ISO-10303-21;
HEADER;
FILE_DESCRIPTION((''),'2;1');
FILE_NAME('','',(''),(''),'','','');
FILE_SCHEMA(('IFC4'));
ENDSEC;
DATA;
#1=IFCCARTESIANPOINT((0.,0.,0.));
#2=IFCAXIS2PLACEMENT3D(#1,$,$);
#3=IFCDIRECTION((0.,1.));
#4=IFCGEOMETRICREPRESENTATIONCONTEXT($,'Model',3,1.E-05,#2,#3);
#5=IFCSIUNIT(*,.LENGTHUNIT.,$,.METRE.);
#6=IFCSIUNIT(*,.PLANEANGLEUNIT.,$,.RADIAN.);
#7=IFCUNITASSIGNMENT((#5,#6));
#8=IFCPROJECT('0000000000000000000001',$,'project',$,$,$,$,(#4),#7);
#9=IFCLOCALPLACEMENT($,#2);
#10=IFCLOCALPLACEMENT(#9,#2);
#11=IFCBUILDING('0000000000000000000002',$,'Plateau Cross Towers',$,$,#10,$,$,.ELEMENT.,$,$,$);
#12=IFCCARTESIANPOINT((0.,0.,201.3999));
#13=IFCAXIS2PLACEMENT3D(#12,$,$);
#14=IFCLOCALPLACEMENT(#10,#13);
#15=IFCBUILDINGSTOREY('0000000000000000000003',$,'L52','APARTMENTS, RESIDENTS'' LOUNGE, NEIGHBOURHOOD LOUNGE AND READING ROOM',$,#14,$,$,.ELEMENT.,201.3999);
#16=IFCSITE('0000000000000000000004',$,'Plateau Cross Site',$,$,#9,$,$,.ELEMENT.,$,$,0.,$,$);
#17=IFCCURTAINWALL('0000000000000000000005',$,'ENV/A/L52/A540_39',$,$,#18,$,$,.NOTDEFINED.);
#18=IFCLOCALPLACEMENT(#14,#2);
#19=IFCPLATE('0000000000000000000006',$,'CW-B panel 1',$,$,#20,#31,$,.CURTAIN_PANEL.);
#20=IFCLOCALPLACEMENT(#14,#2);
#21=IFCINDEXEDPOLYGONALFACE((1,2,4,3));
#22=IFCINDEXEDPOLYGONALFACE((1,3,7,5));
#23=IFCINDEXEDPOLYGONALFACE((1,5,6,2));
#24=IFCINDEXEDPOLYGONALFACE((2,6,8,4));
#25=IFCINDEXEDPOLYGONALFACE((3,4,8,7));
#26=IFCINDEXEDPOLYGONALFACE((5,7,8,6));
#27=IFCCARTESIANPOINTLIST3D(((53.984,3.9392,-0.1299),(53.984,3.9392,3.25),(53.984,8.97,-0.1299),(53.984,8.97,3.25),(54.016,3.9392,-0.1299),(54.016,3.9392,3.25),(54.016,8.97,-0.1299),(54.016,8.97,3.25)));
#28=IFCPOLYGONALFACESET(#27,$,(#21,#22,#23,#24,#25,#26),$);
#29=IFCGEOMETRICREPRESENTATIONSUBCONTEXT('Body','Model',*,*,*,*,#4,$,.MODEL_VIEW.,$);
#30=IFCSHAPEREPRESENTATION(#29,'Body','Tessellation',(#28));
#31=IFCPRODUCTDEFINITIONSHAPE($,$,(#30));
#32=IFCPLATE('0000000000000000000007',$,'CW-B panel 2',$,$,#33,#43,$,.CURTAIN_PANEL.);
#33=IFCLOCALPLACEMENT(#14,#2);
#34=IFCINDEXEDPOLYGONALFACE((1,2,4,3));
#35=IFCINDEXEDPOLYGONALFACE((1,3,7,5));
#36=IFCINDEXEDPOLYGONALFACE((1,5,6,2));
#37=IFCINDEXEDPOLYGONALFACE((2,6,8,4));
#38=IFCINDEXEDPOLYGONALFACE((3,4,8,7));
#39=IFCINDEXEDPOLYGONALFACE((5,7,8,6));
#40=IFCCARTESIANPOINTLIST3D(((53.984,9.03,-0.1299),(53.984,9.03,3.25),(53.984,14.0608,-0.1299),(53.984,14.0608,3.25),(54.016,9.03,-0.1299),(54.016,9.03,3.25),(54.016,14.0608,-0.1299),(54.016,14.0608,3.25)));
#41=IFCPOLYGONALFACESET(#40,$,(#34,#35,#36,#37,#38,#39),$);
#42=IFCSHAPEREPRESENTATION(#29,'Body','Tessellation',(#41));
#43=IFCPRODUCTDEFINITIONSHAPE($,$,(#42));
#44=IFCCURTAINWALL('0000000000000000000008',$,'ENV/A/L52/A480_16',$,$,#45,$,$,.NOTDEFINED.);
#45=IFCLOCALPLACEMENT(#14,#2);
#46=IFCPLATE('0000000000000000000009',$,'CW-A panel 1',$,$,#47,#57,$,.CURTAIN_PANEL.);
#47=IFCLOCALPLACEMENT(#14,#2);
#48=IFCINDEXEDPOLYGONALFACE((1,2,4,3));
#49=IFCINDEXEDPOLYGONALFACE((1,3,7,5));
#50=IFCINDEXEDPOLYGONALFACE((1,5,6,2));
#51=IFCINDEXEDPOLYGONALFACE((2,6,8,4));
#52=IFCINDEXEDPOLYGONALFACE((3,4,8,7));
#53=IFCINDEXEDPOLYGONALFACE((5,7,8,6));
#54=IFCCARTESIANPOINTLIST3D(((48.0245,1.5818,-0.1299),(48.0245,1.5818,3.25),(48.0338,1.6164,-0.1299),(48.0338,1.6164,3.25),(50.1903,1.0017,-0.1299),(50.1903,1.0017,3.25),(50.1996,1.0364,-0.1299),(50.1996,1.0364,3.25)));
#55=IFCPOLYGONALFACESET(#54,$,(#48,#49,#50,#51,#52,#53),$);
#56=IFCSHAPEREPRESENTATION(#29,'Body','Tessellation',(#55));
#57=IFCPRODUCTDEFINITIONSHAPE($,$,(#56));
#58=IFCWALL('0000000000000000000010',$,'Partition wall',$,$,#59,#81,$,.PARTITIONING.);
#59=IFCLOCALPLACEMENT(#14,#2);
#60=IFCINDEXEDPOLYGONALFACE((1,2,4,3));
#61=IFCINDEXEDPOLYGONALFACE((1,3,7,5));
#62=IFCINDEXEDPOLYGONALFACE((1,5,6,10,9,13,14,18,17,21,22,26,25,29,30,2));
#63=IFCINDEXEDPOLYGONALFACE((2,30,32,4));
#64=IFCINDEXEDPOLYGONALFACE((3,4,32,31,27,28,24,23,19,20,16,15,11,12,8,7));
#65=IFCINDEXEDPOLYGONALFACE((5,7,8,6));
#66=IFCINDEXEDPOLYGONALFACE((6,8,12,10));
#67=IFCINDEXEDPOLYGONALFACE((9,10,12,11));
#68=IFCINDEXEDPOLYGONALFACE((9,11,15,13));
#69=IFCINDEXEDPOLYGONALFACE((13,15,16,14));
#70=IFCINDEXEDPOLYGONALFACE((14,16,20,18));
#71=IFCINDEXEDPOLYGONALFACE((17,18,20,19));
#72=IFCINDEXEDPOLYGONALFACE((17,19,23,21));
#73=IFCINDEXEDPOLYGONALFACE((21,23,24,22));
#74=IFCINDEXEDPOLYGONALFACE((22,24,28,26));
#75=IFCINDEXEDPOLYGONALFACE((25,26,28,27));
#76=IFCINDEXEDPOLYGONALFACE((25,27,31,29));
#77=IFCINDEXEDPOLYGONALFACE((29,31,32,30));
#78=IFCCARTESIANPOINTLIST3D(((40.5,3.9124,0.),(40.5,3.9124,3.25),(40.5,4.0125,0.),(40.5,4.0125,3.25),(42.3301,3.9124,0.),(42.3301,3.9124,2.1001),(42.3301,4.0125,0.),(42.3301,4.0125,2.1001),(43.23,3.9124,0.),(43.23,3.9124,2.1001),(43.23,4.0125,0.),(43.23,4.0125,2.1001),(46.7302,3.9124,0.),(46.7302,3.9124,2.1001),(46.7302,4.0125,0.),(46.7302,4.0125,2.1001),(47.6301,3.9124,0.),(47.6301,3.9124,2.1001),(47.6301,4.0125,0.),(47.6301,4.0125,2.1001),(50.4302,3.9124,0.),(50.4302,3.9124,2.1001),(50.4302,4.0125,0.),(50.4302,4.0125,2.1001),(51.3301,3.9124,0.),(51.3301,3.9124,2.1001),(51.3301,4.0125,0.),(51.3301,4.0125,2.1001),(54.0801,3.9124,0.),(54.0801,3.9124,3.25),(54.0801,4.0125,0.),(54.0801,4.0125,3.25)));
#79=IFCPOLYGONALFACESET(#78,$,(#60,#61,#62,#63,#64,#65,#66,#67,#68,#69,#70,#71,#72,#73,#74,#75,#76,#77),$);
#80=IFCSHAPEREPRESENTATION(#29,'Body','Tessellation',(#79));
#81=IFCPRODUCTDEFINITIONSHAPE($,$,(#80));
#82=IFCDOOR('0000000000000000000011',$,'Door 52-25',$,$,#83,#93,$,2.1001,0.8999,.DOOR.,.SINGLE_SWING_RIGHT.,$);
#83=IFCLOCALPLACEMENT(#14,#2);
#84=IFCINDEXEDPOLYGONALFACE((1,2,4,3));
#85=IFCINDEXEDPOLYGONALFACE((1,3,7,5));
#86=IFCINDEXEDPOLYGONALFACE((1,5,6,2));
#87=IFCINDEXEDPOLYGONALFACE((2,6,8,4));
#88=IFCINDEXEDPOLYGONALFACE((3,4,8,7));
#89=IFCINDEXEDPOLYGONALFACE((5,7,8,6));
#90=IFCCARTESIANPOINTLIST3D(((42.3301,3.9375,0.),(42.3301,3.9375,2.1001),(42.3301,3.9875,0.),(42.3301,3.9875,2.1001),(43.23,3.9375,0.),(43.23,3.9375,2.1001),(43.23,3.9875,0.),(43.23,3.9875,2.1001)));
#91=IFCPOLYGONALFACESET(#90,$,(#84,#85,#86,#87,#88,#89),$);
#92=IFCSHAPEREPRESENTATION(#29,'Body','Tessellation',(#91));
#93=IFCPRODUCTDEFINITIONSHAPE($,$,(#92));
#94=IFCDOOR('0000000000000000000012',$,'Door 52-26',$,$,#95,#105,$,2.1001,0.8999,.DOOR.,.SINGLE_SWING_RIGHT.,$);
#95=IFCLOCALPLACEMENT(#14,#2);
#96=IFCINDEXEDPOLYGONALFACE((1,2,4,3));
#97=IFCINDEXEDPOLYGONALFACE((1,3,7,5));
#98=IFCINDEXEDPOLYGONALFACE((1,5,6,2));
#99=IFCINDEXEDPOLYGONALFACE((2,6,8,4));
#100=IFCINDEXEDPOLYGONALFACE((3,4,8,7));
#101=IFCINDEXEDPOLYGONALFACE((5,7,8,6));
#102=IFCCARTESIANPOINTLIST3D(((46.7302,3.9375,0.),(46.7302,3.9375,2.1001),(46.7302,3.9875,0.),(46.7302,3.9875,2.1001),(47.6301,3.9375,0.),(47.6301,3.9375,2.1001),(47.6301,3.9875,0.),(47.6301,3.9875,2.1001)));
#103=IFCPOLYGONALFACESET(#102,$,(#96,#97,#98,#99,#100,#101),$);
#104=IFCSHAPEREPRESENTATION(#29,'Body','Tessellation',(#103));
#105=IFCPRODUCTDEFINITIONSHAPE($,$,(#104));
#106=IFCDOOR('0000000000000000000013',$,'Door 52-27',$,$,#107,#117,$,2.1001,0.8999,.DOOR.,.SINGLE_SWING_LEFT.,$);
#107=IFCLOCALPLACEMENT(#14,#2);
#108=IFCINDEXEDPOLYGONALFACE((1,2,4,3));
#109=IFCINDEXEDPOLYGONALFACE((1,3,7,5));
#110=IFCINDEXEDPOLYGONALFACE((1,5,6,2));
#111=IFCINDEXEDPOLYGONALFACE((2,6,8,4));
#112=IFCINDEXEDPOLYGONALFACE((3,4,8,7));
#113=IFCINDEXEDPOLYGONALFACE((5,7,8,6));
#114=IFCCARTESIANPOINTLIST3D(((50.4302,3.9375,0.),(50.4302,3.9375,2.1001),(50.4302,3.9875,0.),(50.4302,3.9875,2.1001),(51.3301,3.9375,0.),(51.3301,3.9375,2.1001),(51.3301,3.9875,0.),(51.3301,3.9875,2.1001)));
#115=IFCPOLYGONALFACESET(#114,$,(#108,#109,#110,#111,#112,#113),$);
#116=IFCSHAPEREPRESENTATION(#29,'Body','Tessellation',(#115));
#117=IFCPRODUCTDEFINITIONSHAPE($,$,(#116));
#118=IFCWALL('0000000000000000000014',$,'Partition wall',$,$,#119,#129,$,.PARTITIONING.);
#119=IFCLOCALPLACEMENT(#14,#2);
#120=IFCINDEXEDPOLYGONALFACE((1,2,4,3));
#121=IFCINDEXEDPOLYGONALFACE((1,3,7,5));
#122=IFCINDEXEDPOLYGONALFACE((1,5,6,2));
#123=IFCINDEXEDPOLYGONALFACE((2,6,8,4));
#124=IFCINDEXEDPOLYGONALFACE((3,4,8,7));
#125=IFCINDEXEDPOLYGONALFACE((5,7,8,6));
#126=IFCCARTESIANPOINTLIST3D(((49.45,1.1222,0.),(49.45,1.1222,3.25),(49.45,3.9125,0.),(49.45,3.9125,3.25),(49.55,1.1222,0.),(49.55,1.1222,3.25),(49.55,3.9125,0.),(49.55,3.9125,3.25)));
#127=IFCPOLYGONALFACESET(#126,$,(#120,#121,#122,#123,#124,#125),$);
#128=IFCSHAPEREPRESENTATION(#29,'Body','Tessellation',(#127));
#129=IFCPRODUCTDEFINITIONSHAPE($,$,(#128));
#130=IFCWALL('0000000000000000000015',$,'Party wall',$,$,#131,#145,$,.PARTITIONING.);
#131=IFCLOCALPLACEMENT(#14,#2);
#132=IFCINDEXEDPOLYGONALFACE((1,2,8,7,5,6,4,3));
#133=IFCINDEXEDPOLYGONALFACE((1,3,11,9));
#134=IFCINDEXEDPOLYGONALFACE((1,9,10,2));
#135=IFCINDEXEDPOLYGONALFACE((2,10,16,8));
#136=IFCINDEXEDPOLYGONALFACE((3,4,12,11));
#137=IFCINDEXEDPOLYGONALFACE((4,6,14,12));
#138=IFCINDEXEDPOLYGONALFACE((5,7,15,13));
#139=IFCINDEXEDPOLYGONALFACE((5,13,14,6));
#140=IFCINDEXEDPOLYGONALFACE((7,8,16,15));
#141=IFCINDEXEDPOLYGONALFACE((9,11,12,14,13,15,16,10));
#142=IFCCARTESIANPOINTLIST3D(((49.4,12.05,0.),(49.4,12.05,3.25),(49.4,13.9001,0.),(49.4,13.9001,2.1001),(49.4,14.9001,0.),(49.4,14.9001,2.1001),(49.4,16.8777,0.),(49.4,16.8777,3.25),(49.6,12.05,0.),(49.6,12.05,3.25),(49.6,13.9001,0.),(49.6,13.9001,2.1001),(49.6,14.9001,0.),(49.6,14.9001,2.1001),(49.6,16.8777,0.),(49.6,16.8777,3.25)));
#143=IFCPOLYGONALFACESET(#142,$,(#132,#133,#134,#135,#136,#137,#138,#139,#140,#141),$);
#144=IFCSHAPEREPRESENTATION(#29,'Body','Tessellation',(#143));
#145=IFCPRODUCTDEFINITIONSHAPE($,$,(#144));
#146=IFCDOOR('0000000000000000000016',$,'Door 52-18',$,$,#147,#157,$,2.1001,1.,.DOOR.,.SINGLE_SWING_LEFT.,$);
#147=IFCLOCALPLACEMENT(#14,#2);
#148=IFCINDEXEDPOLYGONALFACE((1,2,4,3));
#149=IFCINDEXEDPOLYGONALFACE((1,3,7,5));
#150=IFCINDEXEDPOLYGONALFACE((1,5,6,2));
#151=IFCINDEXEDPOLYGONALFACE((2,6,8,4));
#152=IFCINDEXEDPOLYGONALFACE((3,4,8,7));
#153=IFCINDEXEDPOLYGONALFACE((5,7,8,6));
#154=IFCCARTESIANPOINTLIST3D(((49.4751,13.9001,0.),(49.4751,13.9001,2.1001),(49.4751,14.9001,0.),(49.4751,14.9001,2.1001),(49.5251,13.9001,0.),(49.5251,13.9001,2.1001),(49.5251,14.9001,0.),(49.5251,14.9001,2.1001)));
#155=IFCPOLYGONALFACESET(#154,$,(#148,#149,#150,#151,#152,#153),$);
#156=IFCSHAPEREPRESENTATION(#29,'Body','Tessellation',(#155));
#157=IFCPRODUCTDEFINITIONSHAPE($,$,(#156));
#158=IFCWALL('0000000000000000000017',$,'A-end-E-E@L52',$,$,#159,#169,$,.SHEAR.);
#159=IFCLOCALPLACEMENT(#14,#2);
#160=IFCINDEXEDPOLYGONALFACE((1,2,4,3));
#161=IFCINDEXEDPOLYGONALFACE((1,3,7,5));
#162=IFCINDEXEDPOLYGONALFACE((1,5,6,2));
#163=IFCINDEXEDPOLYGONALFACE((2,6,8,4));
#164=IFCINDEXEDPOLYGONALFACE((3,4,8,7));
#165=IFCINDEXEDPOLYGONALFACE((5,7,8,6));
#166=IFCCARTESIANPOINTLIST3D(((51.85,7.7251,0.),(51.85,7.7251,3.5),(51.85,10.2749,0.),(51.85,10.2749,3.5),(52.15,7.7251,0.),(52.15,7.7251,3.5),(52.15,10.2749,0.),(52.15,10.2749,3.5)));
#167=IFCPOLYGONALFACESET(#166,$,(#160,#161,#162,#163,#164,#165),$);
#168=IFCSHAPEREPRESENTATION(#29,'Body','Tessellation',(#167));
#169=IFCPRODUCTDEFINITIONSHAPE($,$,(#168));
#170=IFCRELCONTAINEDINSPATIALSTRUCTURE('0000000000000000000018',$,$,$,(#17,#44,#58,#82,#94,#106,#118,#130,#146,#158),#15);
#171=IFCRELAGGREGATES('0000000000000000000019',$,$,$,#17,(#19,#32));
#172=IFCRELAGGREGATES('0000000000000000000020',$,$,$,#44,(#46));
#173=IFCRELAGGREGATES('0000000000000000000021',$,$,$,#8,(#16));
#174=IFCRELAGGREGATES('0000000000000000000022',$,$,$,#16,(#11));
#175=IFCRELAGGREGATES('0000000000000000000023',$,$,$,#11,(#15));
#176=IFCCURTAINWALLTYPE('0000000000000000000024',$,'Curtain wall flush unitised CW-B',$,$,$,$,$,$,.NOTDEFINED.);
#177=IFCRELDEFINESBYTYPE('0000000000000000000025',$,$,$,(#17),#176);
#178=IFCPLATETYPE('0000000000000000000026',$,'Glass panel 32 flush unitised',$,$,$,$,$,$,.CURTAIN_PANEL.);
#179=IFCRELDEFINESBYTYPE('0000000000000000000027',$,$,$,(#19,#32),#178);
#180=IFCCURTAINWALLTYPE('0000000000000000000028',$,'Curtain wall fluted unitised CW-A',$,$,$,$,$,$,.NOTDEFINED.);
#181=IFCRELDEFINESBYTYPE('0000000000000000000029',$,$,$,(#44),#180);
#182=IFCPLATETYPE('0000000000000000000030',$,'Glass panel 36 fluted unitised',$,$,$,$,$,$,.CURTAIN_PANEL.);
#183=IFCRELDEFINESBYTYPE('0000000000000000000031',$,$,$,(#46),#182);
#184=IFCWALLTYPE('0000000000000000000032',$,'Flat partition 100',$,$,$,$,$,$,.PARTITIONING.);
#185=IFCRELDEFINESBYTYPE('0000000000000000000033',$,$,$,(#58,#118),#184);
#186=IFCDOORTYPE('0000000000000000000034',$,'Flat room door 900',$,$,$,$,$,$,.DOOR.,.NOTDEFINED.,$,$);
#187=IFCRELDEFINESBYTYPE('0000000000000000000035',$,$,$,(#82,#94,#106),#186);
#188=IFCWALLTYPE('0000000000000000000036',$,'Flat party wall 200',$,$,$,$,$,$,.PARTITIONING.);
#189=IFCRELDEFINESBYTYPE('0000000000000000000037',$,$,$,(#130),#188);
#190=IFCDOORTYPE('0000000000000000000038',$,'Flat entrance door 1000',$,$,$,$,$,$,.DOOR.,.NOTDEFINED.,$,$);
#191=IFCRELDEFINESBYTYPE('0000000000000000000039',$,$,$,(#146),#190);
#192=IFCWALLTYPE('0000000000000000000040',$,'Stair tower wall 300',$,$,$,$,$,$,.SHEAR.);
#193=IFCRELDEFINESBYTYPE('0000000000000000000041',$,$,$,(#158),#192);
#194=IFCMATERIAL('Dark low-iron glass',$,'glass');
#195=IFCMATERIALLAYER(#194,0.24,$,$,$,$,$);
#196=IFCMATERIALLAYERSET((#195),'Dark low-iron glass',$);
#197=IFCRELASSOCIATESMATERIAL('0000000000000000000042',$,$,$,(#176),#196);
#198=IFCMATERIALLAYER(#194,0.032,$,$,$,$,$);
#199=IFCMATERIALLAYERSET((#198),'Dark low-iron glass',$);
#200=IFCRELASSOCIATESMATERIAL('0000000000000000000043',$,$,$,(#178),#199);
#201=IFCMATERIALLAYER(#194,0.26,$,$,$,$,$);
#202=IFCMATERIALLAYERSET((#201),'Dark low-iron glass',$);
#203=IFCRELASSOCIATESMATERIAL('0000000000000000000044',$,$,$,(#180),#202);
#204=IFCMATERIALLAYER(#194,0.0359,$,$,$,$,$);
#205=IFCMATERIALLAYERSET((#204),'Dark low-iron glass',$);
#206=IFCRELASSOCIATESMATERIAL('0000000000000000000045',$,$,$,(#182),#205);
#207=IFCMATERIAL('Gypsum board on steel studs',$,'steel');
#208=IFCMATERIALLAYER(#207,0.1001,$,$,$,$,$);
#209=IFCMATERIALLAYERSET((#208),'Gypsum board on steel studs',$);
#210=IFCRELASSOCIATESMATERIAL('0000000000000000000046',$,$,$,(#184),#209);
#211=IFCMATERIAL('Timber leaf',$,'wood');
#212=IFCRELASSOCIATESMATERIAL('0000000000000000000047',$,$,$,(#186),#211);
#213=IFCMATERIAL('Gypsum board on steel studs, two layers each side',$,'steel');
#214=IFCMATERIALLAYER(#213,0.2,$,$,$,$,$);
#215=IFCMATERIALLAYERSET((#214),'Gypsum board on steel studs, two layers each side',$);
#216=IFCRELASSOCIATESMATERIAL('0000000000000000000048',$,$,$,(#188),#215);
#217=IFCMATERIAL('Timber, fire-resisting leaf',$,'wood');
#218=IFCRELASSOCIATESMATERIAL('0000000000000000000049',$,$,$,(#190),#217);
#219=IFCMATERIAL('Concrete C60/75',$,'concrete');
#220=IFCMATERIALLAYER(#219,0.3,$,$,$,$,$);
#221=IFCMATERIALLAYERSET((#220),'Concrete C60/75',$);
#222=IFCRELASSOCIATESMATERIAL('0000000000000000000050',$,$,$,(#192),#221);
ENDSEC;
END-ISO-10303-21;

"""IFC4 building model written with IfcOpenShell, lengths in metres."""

from ifc_helpers import new_model, si_unit, direction, frame, frame_2d, origin, origin_2d, place, context, subcontext, project, spatial, rectangle, extrude, material, layer, layer_set, type_object, element, fill, aggregate, save


model = new_model("IFC4")

# Units and contexts
model_context = context("Model", 3, precision=1e-05, world=origin(), true_north=direction((0.0, 1.0)))
body_context = subcontext(model_context, "Body", "Model", "MODEL_VIEW")
ifc_project = project(units=[si_unit("LENGTHUNIT", "METRE"), si_unit("PLANEANGLEUNIT", "RADIAN")], contexts=[model_context])

# Site, building, storey
site_placement = place(None, origin())
site = spatial("IfcSite", under=ifc_project, at=site_placement, Name="Plateau Cross Site", CompositionType="ELEMENT", RefElevation=0.0)
building_placement = place(site_placement, origin())
building = spatial("IfcBuilding", under=site, at=building_placement, Name="Plateau Cross Towers", CompositionType="ELEMENT")
storey_placement = place(building_placement, frame((0.0, 0.0, 201.3999)))
storey = spatial("IfcBuildingStorey", under=building, at=storey_placement, Name="L52", Description="APARTMENTS, RESIDENTS' LOUNGE, NEIGHBOURHOOD LOUNGE AND READING ROOM", CompositionType="ELEMENT", Elevation=201.3999)

# Shared definitions
ifc_material_1 = material(Name="Concrete C60/75", Category="concrete")

# Shared definitions
ifc_material_2 = material(Name="Dark low-iron glass", Category="glass")
ifc_layer_1 = layer(ifc_material_2, 0.24)
ifc_layer_set_1 = layer_set([ifc_layer_1], Name="Dark low-iron glass")
curtain_wall_type_1 = type_object("IfcCurtainWallType", Name="Curtain wall flush unitised CW-B", PredefinedType="NOTDEFINED", material=ifc_layer_set_1)

# Curtain wall
curtain_wall_1_placement = place(storey_placement, origin())
curtain_wall_1 = element("IfcCurtainWall", 1, at=curtain_wall_1_placement, inside=storey, type_object=curtain_wall_type_1, Name="ENV/A/L52/A540_39", PredefinedType="NOTDEFINED")

# Plates
ifc_layer_2 = layer(ifc_material_2, 0.032)
ifc_layer_set_2 = layer_set([ifc_layer_2], Name="Dark low-iron glass")
plate_type_1 = type_object("IfcPlateType", Name="Glass panel 32 flush unitised", PredefinedType="CURTAIN_PANEL", material=ifc_layer_set_2)
plate_1_placement = place(storey_placement, frame((54.0, 6.4546, -0.1299), z_axis=(0.0, 0.0, 1.0), x_axis=(0.0, 1.0, 0.0)))
plate_1 = element("IfcPlate", 2, at=plate_1_placement, type_object=plate_type_1, Name="CW-B panel 1", PredefinedType="CURTAIN_PANEL", context=body_context, shape_type="SweptSolid", body=[
    extrude(rectangle(XDim=5.0308, YDim=0.032, at=origin_2d()), origin(), (0.0, 0.0, 1.0), 3.3799),
])
plate_2_placement = place(storey_placement, frame((54.0, 11.5454, -0.1299), z_axis=(0.0, 0.0, 1.0), x_axis=(0.0, 1.0, 0.0)))
plate_2 = element("IfcPlate", 3, at=plate_2_placement, type_object=plate_type_1, Name="CW-B panel 2", PredefinedType="CURTAIN_PANEL", context=body_context, shape_type="SweptSolid", body=[
    extrude(rectangle(XDim=5.0308, YDim=0.032, at=origin_2d()), origin(), (0.0, 0.0, 1.0), 3.3799),
])
aggregate(curtain_wall_1, [plate_1, plate_2])

# Curtain wall, plate
ifc_layer_3 = layer(ifc_material_2, 0.26)
ifc_layer_set_3 = layer_set([ifc_layer_3], Name="Dark low-iron glass")
curtain_wall_type_2 = type_object("IfcCurtainWallType", Name="Curtain wall fluted unitised CW-A", PredefinedType="NOTDEFINED", material=ifc_layer_set_3)
curtain_wall_2_placement = place(storey_placement, origin())
curtain_wall_2 = element("IfcCurtainWall", 4, at=curtain_wall_2_placement, inside=storey, type_object=curtain_wall_type_2, Name="ENV/A/L52/A480_16", PredefinedType="NOTDEFINED")
ifc_layer_4 = layer(ifc_material_2, 0.0359)
ifc_layer_set_4 = layer_set([ifc_layer_4], Name="Dark low-iron glass")
plate_type_2 = type_object("IfcPlateType", Name="Glass panel 36 fluted unitised", PredefinedType="CURTAIN_PANEL", material=ifc_layer_set_4)
plate_3_placement = place(storey_placement, frame((49.1121, 1.3091, -0.1299), z_axis=(0.0, 0.0, 1.0), x_axis=(0.965958, -0.258699, 0.0)))
plate_3 = element("IfcPlate", 5, at=plate_3_placement, type_object=plate_type_2, Name="CW-A panel 1", PredefinedType="CURTAIN_PANEL", context=body_context, shape_type="SweptSolid", body=[
    extrude(rectangle(XDim=2.2422, YDim=0.0359, at=origin_2d()), origin(), (0.0, 0.0, 1.0), 3.3799),
])
aggregate(curtain_wall_2, [plate_3])

# Wall, openings, doors
ifc_material_3 = material(Name="Gypsum board on steel studs", Category="steel")
ifc_layer_5 = layer(ifc_material_3, 0.1001)
ifc_layer_set_5 = layer_set([ifc_layer_5], Name="Gypsum board on steel studs")
wall_type_1 = type_object("IfcWallType", Name="Flat partition 100", PredefinedType="PARTITIONING", material=ifc_layer_set_5)
wall_1_placement = place(storey_placement, frame((54.0801, 3.9624, 0.0), z_axis=(0.0, 0.0, 1.0), x_axis=(-1.0, 0.0, 0.0)))
wall_1 = element("IfcWall", 6, at=wall_1_placement, inside=storey, type_object=wall_type_1, Name="Partition wall", PredefinedType="PARTITIONING", context=body_context, shape_type="SweptSolid", body=[
    extrude(rectangle(XDim=13.5801, YDim=0.1001, at=frame_2d((6.79, 0.0))), origin(), (0.0, 0.0, 1.0), 3.25),
])
opening_1_placement = place(wall_1_placement, frame((10.8501, 0.0, 0.0)))
opening_1 = element("IfcOpeningElement", 7, at=opening_1_placement, cuts=wall_1, PredefinedType="OPENING", context=body_context, shape_type="SweptSolid", body=[
    extrude(rectangle(XDim=0.8999, YDim=2.1001, at=frame_2d((0.45, 1.05))), frame((0.0, 0.0601, 0.0), z_axis=(0.0, -1.0, 0.0), x_axis=(1.0, 0.0, 0.0)), (0.0, 0.0, 1.0), 0.1201),
])
opening_2_placement = place(wall_1_placement, frame((6.45, 0.0, 0.0)))
opening_2 = element("IfcOpeningElement", 8, at=opening_2_placement, cuts=wall_1, PredefinedType="OPENING", context=body_context, shape_type="SweptSolid", body=[
    extrude(rectangle(XDim=0.8999, YDim=2.1001, at=frame_2d((0.45, 1.05))), frame((0.0, 0.0601, 0.0), z_axis=(0.0, -1.0, 0.0), x_axis=(1.0, 0.0, 0.0)), (0.0, 0.0, 1.0), 0.1201),
])
opening_3_placement = place(wall_1_placement, frame((2.75, 0.0, 0.0)))
opening_3 = element("IfcOpeningElement", 9, at=opening_3_placement, cuts=wall_1, PredefinedType="OPENING", context=body_context, shape_type="SweptSolid", body=[
    extrude(rectangle(XDim=0.8999, YDim=2.1001, at=frame_2d((0.45, 1.05))), frame((0.0, 0.0601, 0.0), z_axis=(0.0, -1.0, 0.0), x_axis=(1.0, 0.0, 0.0)), (0.0, 0.0, 1.0), 0.1201),
])
ifc_material_4 = material(Name="Timber leaf", Category="wood")
door_type_1 = type_object("IfcDoorType", Name="Flat room door 900", OperationType="NOTDEFINED", PredefinedType="DOOR", material=ifc_material_4)
door_1_placement = place(opening_1_placement, origin())
door_1 = element("IfcDoor", 10, at=door_1_placement, inside=storey, type_object=door_type_1, Name="Door 52-25", OperationType="SINGLE_SWING_RIGHT", OverallHeight=2.1001, OverallWidth=0.8999, PredefinedType="DOOR", context=body_context, shape_type="SweptSolid", body=[
    extrude(rectangle(XDim=0.8999, YDim=2.1001, at=frame_2d((0.45, 1.05))), frame((0.0, 0.0249, 0.0), z_axis=(0.0, -1.0, 0.0), x_axis=(1.0, 0.0, 0.0)), (0.0, 0.0, 1.0), 0.05),
])
fill(opening_1, door_1)
door_2_placement = place(opening_2_placement, origin())
door_2 = element("IfcDoor", 11, at=door_2_placement, inside=storey, type_object=door_type_1, Name="Door 52-26", OperationType="SINGLE_SWING_RIGHT", OverallHeight=2.1001, OverallWidth=0.8999, PredefinedType="DOOR", context=body_context, shape_type="SweptSolid", body=[
    extrude(rectangle(XDim=0.8999, YDim=2.1001, at=frame_2d((0.45, 1.05))), frame((0.0, 0.0249, 0.0), z_axis=(0.0, -1.0, 0.0), x_axis=(1.0, 0.0, 0.0)), (0.0, 0.0, 1.0), 0.05),
])
fill(opening_2, door_2)
door_3_placement = place(opening_3_placement, origin())
door_3 = element("IfcDoor", 12, at=door_3_placement, inside=storey, type_object=door_type_1, Name="Door 52-27", OperationType="SINGLE_SWING_LEFT", OverallHeight=2.1001, OverallWidth=0.8999, PredefinedType="DOOR", context=body_context, shape_type="SweptSolid", body=[
    extrude(rectangle(XDim=0.8999, YDim=2.1001, at=frame_2d((0.45, 1.05))), frame((0.0, 0.0249, 0.0), z_axis=(0.0, -1.0, 0.0), x_axis=(1.0, 0.0, 0.0)), (0.0, 0.0, 1.0), 0.05),
])
fill(opening_3, door_3)

# Wall
wall_2_placement = place(storey_placement, frame((49.5, 1.1223, 0.0), z_axis=(0.0, 0.0, 1.0), x_axis=(0.0, 1.0, 0.0)))
element("IfcWall", 13, at=wall_2_placement, inside=storey, type_object=wall_type_1, Name="Partition wall", PredefinedType="PARTITIONING", context=body_context, shape_type="SweptSolid", body=[
    extrude(rectangle(XDim=2.7903, YDim=0.1001, at=frame_2d((1.395, 0.0))), origin(), (0.0, 0.0, 1.0), 3.25),
])

# Wall, opening, door
ifc_material_5 = material(Name="Gypsum board on steel studs, two layers each side", Category="steel")
ifc_layer_6 = layer(ifc_material_5, 0.2)
ifc_layer_set_6 = layer_set([ifc_layer_6], Name="Gypsum board on steel studs, two layers each side")
wall_type_2 = type_object("IfcWallType", Name="Flat party wall 200", PredefinedType="PARTITIONING", material=ifc_layer_set_6)
wall_3_placement = place(storey_placement, frame((49.5, 12.05, 0.0), z_axis=(0.0, 0.0, 1.0), x_axis=(0.0, 1.0, 0.0)))
wall_3 = element("IfcWall", 14, at=wall_3_placement, inside=storey, type_object=wall_type_2, Name="Party wall", PredefinedType="PARTITIONING", context=body_context, shape_type="SweptSolid", body=[
    extrude(rectangle(XDim=4.8276, YDim=0.2, at=frame_2d((2.4138, 0.0))), origin(), (0.0, 0.0, 1.0), 3.25),
])
opening_4_placement = place(wall_3_placement, frame((1.8501, 0.0, 0.0)))
opening_4 = element("IfcOpeningElement", 15, at=opening_4_placement, cuts=wall_3, PredefinedType="OPENING", context=body_context, shape_type="SweptSolid", body=[
    extrude(rectangle(XDim=1.0, YDim=2.1001, at=frame_2d((0.5, 1.05))), frame((0.0, 0.1099, 0.0), z_axis=(0.0, -1.0, 0.0), x_axis=(1.0, 0.0, 0.0)), (0.0, 0.0, 1.0), 0.22),
])
ifc_material_6 = material(Name="Timber, fire-resisting leaf", Category="wood")
door_type_2 = type_object("IfcDoorType", Name="Flat entrance door 1000", OperationType="NOTDEFINED", PredefinedType="DOOR", material=ifc_material_6)
door_4_placement = place(opening_4_placement, origin())
door_4 = element("IfcDoor", 16, at=door_4_placement, inside=storey, type_object=door_type_2, Name="Door 52-18", OperationType="SINGLE_SWING_LEFT", OverallHeight=2.1001, OverallWidth=1.0, PredefinedType="DOOR", context=body_context, shape_type="SweptSolid", body=[
    extrude(rectangle(XDim=1.0, YDim=2.1001, at=frame_2d((0.5, 1.05))), frame((0.0, 0.0249, 0.0), z_axis=(0.0, -1.0, 0.0), x_axis=(1.0, 0.0, 0.0)), (0.0, 0.0, 1.0), 0.05),
])
fill(opening_4, door_4)

# Wall
ifc_layer_7 = layer(ifc_material_1, 0.3)
ifc_layer_set_7 = layer_set([ifc_layer_7], Name="Concrete C60/75")
wall_type_3 = type_object("IfcWallType", Name="Stair tower wall 300", PredefinedType="SHEAR", material=ifc_layer_set_7)
wall_4_placement = place(storey_placement, frame((52.0, 7.7251, 0.0), z_axis=(0.0, 0.0, 1.0), x_axis=(0.0, 1.0, 0.0)))
element("IfcWall", 17, at=wall_4_placement, inside=storey, type_object=wall_type_3, Name="A-end-E-E@L52", PredefinedType="SHEAR", context=body_context, shape_type="SweptSolid", body=[
    extrude(rectangle(XDim=2.5498, YDim=0.3, at=frame_2d((1.2749, 0.0))), origin(), (0.0, 0.0, 1.0), 3.5),
])

save(model, "model.ifc")
